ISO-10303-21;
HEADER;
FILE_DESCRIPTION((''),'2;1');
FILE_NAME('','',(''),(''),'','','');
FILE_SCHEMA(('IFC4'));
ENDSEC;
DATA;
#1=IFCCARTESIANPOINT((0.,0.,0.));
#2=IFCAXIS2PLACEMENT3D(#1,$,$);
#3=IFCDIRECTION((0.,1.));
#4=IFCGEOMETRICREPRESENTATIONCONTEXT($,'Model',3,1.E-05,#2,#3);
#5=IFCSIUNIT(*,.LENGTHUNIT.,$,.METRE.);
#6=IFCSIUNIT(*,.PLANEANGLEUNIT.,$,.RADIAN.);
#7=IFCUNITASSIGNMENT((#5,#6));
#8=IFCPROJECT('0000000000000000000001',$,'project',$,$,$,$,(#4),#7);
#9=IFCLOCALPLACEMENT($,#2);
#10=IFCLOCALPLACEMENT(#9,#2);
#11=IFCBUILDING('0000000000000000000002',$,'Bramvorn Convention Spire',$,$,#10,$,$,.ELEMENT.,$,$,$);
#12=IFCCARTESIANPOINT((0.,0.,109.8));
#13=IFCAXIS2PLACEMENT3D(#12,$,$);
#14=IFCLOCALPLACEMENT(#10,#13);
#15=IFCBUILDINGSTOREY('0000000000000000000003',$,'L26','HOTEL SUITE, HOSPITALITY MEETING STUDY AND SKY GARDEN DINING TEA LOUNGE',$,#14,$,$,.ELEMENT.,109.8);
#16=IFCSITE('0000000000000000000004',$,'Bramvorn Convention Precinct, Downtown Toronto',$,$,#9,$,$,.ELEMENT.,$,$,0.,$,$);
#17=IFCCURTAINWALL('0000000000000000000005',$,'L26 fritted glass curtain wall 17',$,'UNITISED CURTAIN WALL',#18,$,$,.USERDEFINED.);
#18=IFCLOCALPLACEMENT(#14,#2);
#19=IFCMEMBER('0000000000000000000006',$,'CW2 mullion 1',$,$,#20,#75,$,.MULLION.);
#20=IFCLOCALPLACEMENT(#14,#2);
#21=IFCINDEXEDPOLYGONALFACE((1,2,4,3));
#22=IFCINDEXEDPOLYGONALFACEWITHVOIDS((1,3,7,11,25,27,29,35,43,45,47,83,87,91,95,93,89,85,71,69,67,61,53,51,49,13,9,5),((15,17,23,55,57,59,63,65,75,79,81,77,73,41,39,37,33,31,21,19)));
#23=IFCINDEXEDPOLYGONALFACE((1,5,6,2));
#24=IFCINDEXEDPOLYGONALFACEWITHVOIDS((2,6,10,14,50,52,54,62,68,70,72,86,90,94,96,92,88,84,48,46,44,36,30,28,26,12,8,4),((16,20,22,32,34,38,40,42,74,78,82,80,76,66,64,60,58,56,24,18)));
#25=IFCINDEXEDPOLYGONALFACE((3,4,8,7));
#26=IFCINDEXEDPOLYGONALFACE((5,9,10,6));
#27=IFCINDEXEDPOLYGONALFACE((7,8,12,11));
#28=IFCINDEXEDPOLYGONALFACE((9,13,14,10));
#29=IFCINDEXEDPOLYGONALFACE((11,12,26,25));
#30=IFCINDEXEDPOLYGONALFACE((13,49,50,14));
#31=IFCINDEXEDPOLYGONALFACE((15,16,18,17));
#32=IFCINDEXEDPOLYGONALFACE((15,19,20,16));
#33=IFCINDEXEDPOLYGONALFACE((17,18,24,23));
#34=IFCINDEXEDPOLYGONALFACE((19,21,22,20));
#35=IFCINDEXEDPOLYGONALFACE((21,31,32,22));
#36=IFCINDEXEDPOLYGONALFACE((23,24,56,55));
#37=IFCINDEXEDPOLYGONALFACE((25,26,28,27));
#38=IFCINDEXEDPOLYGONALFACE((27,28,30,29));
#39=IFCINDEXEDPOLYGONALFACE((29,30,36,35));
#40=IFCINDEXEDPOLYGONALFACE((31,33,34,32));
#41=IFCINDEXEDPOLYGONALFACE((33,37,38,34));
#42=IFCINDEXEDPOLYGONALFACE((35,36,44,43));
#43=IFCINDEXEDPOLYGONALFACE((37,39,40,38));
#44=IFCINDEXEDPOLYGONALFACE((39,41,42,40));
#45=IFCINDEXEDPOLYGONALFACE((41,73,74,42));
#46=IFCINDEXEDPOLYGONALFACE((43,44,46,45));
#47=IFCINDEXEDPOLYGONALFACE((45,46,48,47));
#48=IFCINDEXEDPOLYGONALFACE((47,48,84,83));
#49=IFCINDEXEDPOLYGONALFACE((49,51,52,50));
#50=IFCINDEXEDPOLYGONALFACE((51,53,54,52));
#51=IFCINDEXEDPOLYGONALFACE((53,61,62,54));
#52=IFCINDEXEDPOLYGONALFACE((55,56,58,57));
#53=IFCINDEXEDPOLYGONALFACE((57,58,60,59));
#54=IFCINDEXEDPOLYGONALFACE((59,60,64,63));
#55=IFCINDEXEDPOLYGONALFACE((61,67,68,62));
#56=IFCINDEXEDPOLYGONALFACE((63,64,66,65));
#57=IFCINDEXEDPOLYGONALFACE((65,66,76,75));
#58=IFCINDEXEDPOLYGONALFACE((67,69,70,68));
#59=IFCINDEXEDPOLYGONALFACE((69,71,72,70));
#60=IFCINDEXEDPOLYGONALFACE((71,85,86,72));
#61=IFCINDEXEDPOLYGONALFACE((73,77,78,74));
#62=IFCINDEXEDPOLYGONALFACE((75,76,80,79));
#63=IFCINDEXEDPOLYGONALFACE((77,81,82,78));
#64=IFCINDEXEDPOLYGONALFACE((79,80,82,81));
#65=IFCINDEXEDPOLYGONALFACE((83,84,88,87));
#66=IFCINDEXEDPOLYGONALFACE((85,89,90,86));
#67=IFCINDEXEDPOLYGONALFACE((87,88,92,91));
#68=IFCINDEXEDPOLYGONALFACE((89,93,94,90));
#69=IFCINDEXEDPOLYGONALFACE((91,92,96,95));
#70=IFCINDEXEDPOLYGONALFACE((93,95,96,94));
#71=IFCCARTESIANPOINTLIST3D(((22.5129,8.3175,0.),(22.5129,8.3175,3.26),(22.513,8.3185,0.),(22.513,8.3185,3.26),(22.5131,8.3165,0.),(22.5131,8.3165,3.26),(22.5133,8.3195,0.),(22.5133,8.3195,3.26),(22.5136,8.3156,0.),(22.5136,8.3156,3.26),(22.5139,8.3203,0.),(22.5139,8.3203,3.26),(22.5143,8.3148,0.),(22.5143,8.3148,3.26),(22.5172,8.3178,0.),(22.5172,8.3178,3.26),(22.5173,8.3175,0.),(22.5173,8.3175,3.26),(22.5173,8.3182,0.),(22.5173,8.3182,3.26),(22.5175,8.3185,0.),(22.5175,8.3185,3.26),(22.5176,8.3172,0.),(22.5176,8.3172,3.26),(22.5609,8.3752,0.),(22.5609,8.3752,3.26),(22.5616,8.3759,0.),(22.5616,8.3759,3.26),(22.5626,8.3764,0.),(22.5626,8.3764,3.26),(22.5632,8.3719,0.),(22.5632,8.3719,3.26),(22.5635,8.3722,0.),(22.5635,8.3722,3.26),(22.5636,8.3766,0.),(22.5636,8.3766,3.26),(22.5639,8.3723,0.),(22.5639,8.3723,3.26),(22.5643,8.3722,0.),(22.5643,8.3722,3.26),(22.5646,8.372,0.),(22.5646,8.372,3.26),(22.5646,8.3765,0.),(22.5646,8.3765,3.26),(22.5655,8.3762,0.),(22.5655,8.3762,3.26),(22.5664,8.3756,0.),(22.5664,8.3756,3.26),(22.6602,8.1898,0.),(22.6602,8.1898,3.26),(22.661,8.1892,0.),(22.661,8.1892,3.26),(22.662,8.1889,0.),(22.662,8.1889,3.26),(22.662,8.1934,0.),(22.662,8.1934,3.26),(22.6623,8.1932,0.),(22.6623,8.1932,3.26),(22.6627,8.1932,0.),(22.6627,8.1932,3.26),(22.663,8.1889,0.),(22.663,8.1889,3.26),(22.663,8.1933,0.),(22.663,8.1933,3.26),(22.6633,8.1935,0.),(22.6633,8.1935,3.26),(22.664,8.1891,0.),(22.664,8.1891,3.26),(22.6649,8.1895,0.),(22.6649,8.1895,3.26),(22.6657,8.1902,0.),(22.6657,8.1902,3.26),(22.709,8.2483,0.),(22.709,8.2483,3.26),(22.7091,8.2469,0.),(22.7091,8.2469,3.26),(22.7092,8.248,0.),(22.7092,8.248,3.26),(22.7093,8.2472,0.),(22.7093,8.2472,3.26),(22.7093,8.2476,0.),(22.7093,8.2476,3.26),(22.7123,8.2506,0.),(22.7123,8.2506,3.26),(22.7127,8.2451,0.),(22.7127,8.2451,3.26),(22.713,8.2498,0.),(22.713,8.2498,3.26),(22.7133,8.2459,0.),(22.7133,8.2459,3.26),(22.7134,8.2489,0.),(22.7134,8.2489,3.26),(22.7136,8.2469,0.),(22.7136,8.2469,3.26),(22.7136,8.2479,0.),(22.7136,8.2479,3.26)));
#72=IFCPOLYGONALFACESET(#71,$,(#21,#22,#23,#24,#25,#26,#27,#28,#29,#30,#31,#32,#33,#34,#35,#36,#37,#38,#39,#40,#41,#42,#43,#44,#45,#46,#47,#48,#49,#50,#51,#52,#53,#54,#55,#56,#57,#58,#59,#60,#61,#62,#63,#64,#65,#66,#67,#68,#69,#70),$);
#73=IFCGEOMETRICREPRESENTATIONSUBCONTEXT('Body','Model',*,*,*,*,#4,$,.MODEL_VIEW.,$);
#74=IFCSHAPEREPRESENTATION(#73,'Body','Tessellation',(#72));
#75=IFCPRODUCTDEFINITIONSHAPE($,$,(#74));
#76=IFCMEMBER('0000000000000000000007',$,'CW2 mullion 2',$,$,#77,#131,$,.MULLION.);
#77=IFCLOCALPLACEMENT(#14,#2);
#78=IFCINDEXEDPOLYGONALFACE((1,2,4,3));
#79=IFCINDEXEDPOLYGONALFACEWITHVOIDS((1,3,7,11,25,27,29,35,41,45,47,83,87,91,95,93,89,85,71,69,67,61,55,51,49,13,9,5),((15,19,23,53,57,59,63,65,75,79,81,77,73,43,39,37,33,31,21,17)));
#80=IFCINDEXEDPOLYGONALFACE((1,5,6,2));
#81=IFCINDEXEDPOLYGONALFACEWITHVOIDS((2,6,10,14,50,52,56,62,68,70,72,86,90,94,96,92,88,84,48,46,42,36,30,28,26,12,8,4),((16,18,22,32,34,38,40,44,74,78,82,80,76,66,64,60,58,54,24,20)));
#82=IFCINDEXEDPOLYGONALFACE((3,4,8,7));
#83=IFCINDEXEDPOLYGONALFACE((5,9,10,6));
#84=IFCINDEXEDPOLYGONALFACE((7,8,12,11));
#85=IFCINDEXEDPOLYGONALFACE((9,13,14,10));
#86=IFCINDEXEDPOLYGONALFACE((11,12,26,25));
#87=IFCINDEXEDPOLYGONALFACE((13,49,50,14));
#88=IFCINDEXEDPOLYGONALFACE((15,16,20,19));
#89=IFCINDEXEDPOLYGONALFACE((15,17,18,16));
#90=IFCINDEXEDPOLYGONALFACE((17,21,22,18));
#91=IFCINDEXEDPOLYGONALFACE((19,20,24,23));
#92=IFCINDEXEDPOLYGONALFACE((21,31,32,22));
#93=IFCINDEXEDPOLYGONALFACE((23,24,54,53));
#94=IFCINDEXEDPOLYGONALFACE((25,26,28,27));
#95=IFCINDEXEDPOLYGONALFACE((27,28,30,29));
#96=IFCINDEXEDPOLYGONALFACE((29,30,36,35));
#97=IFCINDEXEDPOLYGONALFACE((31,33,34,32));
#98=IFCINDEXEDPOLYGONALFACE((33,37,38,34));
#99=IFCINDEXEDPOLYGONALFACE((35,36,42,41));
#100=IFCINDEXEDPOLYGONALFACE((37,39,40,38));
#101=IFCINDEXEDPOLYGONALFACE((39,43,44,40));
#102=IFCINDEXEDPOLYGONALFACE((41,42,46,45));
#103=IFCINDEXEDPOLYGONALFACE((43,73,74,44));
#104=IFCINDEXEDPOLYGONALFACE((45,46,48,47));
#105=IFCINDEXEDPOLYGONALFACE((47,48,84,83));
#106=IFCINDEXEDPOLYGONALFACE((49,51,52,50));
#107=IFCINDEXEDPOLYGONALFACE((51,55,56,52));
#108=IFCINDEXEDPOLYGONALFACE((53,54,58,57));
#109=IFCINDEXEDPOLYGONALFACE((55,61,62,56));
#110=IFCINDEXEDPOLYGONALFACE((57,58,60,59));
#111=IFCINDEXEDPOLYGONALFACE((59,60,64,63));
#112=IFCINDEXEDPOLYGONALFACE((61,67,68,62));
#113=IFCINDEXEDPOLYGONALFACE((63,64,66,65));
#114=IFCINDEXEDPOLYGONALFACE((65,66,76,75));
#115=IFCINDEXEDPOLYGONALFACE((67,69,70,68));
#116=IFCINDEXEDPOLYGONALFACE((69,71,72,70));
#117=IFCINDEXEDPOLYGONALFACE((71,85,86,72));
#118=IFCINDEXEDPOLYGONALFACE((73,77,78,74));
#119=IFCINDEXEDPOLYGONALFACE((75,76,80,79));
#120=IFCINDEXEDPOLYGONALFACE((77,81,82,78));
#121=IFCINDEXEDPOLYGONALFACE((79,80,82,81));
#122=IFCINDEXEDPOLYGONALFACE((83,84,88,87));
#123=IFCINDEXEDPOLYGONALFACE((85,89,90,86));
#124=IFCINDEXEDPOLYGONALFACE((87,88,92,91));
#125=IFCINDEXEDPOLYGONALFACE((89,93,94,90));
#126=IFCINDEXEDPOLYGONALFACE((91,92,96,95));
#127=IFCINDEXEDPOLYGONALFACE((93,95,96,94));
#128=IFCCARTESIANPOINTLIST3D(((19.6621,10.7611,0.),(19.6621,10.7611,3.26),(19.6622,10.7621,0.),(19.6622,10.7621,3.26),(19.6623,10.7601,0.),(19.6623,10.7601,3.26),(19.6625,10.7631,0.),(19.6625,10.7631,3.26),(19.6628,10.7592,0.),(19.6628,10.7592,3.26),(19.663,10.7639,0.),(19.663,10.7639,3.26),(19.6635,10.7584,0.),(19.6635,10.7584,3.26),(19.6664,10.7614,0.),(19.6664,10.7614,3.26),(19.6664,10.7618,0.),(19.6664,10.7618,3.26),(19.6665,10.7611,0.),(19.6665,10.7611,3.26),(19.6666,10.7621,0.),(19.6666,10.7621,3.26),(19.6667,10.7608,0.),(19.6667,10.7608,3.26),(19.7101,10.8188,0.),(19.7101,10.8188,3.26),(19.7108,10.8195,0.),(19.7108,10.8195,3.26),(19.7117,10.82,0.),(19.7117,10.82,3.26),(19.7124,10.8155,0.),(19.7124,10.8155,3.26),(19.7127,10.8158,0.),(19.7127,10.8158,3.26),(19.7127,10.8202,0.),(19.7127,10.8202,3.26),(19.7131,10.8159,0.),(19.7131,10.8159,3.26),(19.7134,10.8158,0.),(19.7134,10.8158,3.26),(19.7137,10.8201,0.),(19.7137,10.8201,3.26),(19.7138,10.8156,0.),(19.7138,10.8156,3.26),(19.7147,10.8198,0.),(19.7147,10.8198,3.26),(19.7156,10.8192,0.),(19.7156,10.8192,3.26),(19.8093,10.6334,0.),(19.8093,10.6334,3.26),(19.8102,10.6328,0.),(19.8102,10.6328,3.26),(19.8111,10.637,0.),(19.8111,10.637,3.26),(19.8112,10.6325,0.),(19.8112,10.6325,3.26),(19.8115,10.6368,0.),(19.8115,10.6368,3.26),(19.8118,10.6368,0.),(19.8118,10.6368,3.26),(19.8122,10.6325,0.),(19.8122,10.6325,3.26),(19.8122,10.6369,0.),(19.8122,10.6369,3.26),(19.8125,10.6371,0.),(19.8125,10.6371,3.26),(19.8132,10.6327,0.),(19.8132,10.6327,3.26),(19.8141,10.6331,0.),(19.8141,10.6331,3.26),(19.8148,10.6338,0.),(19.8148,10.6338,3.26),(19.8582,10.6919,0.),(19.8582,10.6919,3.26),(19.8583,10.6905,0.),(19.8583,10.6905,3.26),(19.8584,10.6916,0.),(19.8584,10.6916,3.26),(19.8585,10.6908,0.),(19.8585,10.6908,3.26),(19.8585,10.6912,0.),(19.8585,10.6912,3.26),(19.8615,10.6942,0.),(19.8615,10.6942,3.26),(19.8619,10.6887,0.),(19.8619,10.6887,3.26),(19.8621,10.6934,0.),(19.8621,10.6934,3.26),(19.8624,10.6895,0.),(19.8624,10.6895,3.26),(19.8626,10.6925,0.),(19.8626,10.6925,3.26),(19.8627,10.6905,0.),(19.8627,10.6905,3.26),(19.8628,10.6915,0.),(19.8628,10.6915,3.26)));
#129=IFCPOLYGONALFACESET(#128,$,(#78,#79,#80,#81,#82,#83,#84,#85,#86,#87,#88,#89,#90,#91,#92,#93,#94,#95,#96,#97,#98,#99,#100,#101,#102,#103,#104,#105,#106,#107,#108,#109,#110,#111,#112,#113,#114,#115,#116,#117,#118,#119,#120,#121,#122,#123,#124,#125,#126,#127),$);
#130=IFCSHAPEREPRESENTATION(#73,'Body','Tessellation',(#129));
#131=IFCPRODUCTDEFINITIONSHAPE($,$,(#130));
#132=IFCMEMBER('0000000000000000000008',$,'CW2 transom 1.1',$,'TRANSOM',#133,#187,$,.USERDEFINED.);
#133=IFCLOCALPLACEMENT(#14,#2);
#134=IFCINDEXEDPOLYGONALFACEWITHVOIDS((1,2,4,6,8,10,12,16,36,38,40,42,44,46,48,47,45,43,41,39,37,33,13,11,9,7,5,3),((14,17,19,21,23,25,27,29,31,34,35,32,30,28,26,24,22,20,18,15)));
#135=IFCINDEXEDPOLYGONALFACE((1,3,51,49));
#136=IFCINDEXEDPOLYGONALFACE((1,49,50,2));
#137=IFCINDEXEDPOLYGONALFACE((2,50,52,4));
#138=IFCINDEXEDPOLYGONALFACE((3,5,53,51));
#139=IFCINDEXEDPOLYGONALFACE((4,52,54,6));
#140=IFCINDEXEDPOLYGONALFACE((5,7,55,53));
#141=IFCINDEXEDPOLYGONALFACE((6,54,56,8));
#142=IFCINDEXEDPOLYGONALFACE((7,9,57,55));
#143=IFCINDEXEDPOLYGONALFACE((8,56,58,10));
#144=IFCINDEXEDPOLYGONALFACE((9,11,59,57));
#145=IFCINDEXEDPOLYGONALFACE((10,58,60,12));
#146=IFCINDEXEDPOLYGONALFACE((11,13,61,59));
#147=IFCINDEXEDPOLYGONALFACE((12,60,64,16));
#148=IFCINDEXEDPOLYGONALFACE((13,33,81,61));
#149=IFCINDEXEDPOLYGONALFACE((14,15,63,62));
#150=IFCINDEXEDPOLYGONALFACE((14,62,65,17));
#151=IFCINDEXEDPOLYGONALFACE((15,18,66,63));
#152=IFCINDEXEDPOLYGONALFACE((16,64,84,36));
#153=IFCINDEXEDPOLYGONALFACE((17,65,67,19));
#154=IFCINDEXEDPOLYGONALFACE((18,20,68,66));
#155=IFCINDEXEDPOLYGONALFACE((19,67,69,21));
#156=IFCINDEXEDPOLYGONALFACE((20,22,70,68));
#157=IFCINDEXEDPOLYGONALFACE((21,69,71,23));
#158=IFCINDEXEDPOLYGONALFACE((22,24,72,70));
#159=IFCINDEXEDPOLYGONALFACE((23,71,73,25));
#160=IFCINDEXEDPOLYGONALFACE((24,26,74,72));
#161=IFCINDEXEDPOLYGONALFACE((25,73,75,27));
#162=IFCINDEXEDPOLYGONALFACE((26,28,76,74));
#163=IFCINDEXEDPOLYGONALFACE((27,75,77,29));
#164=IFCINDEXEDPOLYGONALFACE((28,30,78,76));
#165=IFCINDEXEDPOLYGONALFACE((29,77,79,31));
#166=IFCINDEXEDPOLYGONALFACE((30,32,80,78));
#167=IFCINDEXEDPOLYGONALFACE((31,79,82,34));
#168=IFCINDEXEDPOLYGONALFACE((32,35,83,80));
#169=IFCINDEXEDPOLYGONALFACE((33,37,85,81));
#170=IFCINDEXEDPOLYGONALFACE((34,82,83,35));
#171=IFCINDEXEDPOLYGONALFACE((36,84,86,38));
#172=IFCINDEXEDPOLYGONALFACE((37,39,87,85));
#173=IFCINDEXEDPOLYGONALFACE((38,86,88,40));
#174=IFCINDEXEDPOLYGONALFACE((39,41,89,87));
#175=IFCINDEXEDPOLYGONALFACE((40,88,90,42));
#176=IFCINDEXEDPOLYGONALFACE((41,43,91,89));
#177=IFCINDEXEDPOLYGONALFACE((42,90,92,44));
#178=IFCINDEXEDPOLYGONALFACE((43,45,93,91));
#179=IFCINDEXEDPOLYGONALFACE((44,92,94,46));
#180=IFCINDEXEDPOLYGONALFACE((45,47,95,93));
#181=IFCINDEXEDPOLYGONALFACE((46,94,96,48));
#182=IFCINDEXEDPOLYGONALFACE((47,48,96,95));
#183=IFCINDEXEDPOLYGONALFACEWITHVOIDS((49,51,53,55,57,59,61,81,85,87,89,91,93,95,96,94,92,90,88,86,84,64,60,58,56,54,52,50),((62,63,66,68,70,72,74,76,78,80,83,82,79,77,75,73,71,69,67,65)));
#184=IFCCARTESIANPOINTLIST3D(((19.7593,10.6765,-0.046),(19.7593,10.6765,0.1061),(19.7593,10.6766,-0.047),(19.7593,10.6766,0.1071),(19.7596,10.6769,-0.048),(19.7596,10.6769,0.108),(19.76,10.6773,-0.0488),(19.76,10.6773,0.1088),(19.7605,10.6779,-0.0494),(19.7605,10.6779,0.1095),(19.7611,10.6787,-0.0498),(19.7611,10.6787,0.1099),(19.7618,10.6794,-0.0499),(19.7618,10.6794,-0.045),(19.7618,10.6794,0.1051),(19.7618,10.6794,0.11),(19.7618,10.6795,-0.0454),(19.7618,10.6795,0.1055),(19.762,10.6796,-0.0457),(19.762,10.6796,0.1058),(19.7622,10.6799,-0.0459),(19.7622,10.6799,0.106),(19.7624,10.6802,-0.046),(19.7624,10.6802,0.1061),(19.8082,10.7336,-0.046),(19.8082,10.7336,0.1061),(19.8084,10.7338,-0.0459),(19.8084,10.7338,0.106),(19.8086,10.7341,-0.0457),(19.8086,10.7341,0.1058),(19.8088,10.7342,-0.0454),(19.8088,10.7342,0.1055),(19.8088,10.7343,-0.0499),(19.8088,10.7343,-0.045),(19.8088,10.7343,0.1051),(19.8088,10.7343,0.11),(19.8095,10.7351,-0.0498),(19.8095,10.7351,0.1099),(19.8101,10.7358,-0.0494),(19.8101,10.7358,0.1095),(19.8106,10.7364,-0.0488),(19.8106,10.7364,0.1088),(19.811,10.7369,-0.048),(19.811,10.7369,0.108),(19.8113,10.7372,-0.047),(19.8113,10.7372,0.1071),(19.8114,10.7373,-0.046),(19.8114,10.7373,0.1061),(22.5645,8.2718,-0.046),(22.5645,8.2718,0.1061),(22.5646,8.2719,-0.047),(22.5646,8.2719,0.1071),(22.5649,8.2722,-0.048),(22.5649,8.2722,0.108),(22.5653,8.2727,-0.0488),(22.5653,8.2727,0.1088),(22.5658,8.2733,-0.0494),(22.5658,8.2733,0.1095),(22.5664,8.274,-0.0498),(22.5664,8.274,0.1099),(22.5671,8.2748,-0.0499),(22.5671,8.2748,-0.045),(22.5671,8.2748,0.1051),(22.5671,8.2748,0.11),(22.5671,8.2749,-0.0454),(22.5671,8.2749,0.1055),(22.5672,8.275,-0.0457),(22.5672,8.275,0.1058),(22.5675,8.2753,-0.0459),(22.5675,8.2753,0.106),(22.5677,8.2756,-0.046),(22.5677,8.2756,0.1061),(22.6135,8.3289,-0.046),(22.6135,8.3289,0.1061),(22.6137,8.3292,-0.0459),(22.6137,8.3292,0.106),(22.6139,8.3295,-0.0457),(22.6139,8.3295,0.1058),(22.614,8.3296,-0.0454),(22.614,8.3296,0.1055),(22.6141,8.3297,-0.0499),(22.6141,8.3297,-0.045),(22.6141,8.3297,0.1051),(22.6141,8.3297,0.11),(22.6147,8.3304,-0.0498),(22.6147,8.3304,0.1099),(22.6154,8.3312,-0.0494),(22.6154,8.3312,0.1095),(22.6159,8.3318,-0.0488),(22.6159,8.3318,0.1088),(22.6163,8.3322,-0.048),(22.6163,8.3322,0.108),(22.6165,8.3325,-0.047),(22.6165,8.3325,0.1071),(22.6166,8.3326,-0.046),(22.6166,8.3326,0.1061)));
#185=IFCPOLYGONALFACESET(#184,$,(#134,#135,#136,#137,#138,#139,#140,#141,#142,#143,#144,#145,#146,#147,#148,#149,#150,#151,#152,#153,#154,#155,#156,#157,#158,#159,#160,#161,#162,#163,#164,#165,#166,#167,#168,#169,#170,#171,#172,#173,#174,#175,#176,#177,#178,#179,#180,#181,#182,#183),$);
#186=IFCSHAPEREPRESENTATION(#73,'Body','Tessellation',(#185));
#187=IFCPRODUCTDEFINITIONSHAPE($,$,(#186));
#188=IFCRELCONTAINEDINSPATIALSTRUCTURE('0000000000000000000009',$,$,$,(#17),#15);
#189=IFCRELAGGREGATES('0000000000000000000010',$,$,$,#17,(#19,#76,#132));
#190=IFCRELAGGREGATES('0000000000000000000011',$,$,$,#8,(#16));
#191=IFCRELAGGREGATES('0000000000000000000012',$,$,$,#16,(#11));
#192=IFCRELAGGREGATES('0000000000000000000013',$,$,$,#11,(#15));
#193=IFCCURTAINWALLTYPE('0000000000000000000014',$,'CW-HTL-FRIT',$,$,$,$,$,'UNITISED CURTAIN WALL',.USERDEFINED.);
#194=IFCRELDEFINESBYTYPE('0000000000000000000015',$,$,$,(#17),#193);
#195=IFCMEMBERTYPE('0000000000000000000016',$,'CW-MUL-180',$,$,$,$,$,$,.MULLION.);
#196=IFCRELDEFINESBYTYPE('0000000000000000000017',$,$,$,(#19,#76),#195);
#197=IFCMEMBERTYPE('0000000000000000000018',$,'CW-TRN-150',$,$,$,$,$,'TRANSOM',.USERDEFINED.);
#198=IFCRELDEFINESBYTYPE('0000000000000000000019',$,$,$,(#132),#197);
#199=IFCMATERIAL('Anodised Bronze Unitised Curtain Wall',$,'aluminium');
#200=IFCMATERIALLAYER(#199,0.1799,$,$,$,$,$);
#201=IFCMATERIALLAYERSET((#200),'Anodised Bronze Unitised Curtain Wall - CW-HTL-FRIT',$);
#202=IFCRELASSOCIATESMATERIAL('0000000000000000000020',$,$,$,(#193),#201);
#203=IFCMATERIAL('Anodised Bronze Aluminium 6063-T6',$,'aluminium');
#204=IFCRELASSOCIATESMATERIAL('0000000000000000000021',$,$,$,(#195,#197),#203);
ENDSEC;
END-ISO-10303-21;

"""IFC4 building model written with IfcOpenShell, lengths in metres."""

from ifc_helpers import new_model, si_unit, direction, frame, origin, origin_2d, place, context, subcontext, project, spatial, hollow_rectangle, extrude, material, layer, layer_set, material_profile, profile_set, type_object, element, aggregate, save


model = new_model("IFC4")

# Units and contexts
model_context = context("Model", 3, precision=1e-05, world=origin(), true_north=direction((0.0, 1.0)))
body_context = subcontext(model_context, "Body", "Model", "MODEL_VIEW")
ifc_project = project(units=[si_unit("LENGTHUNIT", "METRE"), si_unit("PLANEANGLEUNIT", "RADIAN")], contexts=[model_context])

# Site, building, storey
site_placement = place(None, origin())
site = spatial("IfcSite", under=ifc_project, at=site_placement, Name="Bramvorn Convention Precinct, Downtown Toronto", CompositionType="ELEMENT", RefElevation=0.0)
building_placement = place(site_placement, origin())
building = spatial("IfcBuilding", under=site, at=building_placement, Name="Bramvorn Convention Spire", CompositionType="ELEMENT")
storey_placement = place(building_placement, frame((0.0, 0.0, 109.8)))
storey = spatial("IfcBuildingStorey", under=building, at=storey_placement, Name="L26", Description="HOTEL SUITE, HOSPITALITY MEETING STUDY AND SKY GARDEN DINING TEA LOUNGE", CompositionType="ELEMENT", Elevation=109.8)

# Curtain wall, members
ifc_material_1 = material(Name="Anodised Bronze Unitised Curtain Wall", Category="aluminium")
ifc_layer_1 = layer(ifc_material_1, 0.1799)
ifc_layer_set_1 = layer_set([ifc_layer_1], Name="Anodised Bronze Unitised Curtain Wall - CW-HTL-FRIT")
curtain_wall_type = type_object("IfcCurtainWallType", Name="CW-HTL-FRIT", ElementType="UNITISED CURTAIN WALL", PredefinedType="USERDEFINED", material=ifc_layer_set_1)
curtain_wall_placement = place(storey_placement, origin())
curtain_wall = element("IfcCurtainWall", 1, at=curtain_wall_placement, inside=storey, type_object=curtain_wall_type, Name="L26 fritted glass curtain wall 17", ObjectType="UNITISED CURTAIN WALL", PredefinedType="USERDEFINED")
ifc_material_2 = material(Name="Anodised Bronze Aluminium 6063-T6", Category="aluminium")
ifc_material_profile_1 = material_profile(ifc_material_2, hollow_rectangle(XDim=0.0801, YDim=0.2, WallThickness=0.0039, InnerFilletRadius=0.001, OuterFilletRadius=0.0039, at=origin_2d()))
ifc_profile_set_1 = profile_set([ifc_material_profile_1], Name="Anodised Bronze Aluminium 6063-T6 - CWM80X200")
member_type_1 = type_object("IfcMemberType", Name="CW-MUL-180", PredefinedType="MULLION", material=ifc_profile_set_1)
member_1_placement = place(storey_placement, frame((22.6133, 8.2827, 0.0), z_axis=(0.0, 0.0, 1.0), x_axis=(-0.65077, -0.759275, 0.0)))
member_1 = element("IfcMember", 2, at=member_1_placement, type_object=member_type_1, Name="CW2 mullion 1", PredefinedType="MULLION", context=body_context, shape_type="SweptSolid", body=[
    extrude(hollow_rectangle(XDim=0.0801, YDim=0.2, WallThickness=0.0039, InnerFilletRadius=0.001, OuterFilletRadius=0.0039, at=origin_2d()), origin(), (0.0, 0.0, 1.0), 3.26),
])
member_2_placement = place(storey_placement, frame((19.7625, 10.7263, 0.0), z_axis=(0.0, 0.0, 1.0), x_axis=(-0.65077, -0.759275, 0.0)))
member_2 = element("IfcMember", 3, at=member_2_placement, type_object=member_type_1, Name="CW2 mullion 2", PredefinedType="MULLION", context=body_context, shape_type="SweptSolid", body=[
    extrude(hollow_rectangle(XDim=0.0801, YDim=0.2, WallThickness=0.0039, InnerFilletRadius=0.001, OuterFilletRadius=0.0039, at=origin_2d()), origin(), (0.0, 0.0, 1.0), 3.26),
])
ifc_material_profile_2 = material_profile(ifc_material_2, hollow_rectangle(XDim=0.0801, YDim=0.1599, WallThickness=0.0039, InnerFilletRadius=0.001, OuterFilletRadius=0.0039, at=origin_2d()))
ifc_profile_set_2 = profile_set([ifc_material_profile_2], Name="Anodised Bronze Aluminium 6063-T6 - CWT80X160")
member_type_2 = type_object("IfcMemberType", Name="CW-TRN-150", ElementType="TRANSOM", PredefinedType="USERDEFINED", material=ifc_profile_set_2)
member_3_placement = place(storey_placement, frame((22.5906, 8.3022, 0.03), z_axis=(-0.759243, 0.650808, 0.0), x_axis=(-0.650808, -0.759243, 0.0)))
member_3 = element("IfcMember", 4, at=member_3_placement, type_object=member_type_2, Name="CW2 transom 1.1", ObjectType="TRANSOM", PredefinedType="USERDEFINED", context=body_context, shape_type="SweptSolid", body=[
    extrude(hollow_rectangle(XDim=0.0801, YDim=0.1599, WallThickness=0.0039, InnerFilletRadius=0.001, OuterFilletRadius=0.0039, at=origin_2d()), origin(), (0.0, 0.0, 1.0), 3.6948),
])
aggregate(curtain_wall, [member_1, member_2, member_3])

save(model, "model.ifc")
